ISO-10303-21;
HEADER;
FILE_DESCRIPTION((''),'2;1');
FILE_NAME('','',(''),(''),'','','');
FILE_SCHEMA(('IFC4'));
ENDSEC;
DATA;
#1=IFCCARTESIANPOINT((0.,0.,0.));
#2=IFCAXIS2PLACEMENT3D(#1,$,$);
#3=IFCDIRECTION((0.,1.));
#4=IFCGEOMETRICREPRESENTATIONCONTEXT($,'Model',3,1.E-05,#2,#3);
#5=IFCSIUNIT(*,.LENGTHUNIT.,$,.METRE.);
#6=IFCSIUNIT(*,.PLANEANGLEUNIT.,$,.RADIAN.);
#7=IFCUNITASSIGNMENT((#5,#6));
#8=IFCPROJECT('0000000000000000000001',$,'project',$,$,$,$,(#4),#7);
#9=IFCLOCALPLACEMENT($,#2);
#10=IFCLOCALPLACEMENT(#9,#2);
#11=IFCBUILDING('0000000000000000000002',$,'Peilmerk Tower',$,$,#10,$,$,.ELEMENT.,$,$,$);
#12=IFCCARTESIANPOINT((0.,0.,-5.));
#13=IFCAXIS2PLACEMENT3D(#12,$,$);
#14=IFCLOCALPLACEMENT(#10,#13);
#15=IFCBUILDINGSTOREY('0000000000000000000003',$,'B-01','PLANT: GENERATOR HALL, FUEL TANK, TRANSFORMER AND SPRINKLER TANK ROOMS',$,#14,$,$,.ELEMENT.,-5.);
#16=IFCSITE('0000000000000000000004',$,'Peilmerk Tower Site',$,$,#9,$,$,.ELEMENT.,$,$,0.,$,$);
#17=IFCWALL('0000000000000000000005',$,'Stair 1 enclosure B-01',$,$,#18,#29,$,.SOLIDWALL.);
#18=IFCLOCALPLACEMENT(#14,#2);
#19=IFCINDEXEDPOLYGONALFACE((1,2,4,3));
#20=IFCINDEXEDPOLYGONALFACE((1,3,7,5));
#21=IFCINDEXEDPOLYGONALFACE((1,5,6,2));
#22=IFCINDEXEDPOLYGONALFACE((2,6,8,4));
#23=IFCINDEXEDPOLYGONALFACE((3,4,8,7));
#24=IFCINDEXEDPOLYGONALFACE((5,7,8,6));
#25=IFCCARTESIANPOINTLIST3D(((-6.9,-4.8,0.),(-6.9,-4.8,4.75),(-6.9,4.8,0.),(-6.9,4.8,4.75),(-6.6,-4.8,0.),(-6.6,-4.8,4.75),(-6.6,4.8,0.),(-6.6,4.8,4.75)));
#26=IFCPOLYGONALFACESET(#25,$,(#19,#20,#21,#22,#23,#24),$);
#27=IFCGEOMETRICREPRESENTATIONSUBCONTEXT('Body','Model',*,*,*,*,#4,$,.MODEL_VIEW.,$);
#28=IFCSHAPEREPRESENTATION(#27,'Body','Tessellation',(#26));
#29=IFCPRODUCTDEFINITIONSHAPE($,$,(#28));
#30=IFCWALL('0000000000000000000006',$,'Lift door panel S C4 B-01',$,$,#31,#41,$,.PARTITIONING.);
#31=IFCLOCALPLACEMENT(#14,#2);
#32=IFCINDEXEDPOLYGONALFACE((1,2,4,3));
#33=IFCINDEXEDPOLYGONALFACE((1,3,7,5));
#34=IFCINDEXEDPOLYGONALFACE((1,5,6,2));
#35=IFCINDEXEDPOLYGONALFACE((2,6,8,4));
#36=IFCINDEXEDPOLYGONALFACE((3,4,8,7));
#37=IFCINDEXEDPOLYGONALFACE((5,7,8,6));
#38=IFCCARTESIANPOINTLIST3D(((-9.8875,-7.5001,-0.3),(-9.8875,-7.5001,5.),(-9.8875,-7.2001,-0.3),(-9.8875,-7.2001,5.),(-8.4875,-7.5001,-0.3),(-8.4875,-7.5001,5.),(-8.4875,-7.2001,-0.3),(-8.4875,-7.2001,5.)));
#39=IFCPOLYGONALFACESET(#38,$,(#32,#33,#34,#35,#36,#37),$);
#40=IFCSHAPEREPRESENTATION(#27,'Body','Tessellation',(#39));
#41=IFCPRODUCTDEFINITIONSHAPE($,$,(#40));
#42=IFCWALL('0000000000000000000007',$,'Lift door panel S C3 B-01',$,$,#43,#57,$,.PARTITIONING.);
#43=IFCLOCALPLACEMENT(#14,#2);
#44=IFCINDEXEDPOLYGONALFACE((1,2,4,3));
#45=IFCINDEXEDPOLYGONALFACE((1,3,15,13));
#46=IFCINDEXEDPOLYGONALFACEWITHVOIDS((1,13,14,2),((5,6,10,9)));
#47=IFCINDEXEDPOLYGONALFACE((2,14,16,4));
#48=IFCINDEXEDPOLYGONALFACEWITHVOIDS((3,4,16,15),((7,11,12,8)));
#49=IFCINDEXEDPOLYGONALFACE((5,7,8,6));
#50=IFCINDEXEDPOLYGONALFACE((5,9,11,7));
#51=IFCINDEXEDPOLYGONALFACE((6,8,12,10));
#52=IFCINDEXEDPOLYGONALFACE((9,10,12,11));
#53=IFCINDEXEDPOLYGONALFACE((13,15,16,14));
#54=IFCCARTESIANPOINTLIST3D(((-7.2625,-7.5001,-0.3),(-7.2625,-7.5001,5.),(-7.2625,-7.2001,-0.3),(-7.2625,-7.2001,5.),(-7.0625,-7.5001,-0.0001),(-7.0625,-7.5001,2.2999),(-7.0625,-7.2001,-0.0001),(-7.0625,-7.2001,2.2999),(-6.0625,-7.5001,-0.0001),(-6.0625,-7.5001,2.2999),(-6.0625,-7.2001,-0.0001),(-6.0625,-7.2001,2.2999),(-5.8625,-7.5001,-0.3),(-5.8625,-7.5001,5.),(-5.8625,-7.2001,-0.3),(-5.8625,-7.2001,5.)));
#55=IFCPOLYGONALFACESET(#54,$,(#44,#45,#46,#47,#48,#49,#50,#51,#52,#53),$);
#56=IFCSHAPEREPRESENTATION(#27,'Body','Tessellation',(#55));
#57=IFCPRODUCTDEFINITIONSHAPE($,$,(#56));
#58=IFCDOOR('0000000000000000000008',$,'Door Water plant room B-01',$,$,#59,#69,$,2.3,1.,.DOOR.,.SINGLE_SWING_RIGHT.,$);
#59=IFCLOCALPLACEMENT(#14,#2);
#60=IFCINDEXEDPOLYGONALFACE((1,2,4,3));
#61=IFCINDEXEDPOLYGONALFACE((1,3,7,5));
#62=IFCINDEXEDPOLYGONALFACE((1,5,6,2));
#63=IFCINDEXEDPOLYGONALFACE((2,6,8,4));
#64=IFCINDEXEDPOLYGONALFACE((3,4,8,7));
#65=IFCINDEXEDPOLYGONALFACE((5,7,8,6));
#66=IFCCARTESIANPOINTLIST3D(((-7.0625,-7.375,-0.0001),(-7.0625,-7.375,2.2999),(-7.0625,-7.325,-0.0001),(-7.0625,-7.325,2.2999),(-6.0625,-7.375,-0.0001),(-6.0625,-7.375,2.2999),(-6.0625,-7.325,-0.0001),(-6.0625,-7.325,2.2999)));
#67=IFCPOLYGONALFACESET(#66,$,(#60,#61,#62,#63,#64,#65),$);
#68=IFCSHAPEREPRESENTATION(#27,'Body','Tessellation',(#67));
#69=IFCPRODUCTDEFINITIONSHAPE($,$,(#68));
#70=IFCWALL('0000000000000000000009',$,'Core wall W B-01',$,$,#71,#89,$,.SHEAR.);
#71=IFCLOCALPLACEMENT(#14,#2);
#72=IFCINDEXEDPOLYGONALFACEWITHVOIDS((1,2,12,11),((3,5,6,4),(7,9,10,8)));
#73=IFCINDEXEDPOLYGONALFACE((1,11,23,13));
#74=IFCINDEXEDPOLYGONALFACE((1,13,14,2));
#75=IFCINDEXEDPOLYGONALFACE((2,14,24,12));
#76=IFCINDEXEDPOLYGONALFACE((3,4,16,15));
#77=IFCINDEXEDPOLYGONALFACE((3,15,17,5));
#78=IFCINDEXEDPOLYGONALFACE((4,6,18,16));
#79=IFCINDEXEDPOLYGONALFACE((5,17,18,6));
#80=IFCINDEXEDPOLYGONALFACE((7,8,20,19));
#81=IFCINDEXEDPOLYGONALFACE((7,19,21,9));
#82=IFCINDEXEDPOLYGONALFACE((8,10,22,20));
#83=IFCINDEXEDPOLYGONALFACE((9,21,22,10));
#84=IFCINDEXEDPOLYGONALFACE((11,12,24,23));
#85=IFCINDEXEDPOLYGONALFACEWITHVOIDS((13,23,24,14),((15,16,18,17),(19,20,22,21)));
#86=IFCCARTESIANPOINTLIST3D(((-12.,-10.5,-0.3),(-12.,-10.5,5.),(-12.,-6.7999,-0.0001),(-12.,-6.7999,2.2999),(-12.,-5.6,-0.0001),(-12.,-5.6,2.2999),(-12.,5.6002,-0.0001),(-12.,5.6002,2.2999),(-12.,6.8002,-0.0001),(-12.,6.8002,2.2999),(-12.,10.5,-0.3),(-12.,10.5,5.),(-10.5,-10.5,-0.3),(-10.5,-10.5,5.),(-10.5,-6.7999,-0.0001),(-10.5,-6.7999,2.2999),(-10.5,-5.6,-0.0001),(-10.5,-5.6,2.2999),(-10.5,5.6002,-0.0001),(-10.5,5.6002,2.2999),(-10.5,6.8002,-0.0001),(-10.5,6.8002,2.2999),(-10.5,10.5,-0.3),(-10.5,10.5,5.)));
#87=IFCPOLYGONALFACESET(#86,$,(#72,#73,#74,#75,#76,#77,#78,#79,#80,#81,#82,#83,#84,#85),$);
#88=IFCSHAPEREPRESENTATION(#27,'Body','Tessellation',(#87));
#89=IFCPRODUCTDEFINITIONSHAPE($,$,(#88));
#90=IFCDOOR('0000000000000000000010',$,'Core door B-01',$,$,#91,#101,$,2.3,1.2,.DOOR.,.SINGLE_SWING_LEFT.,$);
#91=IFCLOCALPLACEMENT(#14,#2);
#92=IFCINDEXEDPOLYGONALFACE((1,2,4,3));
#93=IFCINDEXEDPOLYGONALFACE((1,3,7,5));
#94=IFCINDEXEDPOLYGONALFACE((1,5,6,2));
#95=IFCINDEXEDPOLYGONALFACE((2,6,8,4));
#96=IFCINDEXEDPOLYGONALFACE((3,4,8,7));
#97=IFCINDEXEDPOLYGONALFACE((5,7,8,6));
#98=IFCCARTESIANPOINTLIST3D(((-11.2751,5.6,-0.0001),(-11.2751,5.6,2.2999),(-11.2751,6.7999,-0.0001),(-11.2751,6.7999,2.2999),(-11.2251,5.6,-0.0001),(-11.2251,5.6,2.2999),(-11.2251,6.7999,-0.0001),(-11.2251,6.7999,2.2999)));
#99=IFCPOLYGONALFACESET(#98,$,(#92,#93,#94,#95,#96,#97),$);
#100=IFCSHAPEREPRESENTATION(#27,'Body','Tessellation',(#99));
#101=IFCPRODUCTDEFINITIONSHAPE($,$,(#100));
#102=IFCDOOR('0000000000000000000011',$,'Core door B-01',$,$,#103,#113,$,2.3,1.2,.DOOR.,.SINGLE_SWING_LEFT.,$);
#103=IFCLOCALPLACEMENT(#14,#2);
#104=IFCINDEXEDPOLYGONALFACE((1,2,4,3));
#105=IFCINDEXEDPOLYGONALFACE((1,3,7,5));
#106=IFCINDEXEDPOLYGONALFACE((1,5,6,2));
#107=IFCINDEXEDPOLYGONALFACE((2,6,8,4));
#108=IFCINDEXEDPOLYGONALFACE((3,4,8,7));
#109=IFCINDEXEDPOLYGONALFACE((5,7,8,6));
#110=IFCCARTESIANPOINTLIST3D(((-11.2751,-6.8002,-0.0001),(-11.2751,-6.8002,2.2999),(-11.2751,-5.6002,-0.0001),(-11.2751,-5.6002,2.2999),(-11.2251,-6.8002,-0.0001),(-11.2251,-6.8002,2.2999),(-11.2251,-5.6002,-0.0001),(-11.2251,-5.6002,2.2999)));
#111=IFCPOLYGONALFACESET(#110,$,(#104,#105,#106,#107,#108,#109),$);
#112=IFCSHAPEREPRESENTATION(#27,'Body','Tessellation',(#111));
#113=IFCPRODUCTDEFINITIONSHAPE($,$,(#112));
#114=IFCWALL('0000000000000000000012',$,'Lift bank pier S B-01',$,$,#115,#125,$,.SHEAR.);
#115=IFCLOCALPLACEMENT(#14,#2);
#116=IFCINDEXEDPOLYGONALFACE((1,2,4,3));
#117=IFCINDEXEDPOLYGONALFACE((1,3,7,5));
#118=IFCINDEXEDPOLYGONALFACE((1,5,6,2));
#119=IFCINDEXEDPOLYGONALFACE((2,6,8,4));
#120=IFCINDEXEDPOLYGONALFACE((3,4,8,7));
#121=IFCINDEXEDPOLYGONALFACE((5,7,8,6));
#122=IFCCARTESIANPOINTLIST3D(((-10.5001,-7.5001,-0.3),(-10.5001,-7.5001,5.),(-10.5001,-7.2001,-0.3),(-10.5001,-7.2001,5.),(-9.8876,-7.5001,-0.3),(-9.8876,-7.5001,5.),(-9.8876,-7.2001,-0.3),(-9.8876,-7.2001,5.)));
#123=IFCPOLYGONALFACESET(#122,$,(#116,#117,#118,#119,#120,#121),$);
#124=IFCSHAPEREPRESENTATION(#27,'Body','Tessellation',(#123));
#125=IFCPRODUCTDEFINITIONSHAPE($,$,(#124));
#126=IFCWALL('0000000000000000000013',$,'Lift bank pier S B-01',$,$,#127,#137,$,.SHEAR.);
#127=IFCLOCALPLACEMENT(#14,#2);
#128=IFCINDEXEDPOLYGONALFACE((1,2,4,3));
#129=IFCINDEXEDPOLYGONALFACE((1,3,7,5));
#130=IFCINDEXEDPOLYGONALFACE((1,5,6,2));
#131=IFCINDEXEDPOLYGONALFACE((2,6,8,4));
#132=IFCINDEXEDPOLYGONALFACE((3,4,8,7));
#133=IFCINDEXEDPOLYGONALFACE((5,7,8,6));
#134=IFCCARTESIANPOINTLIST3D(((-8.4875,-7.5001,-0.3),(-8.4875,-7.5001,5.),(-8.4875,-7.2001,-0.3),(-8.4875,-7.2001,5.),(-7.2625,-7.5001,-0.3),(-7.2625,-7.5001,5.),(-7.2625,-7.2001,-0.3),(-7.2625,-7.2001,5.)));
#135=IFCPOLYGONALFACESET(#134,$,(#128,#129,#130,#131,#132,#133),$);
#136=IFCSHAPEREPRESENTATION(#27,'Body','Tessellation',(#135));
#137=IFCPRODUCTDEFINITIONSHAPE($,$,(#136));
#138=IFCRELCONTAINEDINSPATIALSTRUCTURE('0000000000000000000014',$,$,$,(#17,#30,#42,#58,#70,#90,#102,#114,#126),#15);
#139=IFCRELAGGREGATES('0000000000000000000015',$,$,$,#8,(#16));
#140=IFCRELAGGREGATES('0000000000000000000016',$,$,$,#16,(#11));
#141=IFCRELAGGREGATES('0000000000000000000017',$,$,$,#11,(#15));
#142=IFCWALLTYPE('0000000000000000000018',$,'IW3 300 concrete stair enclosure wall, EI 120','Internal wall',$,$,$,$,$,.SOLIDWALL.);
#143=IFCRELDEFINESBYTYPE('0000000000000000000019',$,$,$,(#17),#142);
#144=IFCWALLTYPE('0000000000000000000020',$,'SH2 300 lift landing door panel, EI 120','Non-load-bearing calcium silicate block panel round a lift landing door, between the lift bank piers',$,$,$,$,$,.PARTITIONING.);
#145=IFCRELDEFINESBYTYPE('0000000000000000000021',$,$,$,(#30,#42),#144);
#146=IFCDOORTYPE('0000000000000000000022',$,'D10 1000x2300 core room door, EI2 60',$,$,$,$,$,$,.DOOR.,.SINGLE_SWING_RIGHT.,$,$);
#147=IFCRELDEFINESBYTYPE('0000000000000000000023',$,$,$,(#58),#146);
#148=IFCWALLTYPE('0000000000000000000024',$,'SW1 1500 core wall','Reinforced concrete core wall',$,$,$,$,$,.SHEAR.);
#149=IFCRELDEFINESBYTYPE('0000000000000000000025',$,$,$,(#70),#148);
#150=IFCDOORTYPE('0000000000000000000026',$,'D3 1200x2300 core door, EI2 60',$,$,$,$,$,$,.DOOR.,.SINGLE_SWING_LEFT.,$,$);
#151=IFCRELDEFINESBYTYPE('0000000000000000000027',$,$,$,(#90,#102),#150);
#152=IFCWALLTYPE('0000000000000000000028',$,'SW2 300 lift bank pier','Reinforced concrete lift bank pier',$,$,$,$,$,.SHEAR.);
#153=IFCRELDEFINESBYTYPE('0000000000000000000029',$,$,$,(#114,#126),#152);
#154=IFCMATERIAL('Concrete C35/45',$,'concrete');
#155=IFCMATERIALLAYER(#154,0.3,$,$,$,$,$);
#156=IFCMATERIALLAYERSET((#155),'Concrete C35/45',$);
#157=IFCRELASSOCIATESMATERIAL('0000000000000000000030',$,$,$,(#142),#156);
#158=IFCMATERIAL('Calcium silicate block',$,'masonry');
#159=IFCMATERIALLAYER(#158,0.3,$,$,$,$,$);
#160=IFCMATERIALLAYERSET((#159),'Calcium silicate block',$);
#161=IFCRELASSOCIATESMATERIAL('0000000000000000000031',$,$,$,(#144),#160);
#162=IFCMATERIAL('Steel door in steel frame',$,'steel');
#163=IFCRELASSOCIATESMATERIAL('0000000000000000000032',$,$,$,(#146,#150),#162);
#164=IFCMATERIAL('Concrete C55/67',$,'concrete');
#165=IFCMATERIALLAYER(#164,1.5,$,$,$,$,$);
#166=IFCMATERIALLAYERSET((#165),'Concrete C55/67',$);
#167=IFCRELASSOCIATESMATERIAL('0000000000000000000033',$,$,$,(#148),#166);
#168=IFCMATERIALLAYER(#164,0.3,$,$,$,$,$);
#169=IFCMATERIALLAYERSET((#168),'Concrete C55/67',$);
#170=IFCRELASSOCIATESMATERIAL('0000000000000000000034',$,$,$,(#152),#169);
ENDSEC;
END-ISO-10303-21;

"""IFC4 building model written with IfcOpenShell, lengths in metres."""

from ifc_helpers import new_model, si_unit, direction, frame, frame_2d, origin, place, context, subcontext, project, spatial, rectangle, extrude, material, layer, layer_set, type_object, element, fill, save


model = new_model("IFC4")

# Units and contexts
model_context = context("Model", 3, precision=1e-05, world=origin(), true_north=direction((0.0, 1.0)))
body_context = subcontext(model_context, "Body", "Model", "MODEL_VIEW")
ifc_project = project(units=[si_unit("LENGTHUNIT", "METRE"), si_unit("PLANEANGLEUNIT", "RADIAN")], contexts=[model_context])

# Site, building, storey
site_placement = place(None, origin())
site = spatial("IfcSite", under=ifc_project, at=site_placement, Name="Peilmerk Tower Site", CompositionType="ELEMENT", RefElevation=0.0)
building_placement = place(site_placement, origin())
building = spatial("IfcBuilding", under=site, at=building_placement, Name="Peilmerk Tower", CompositionType="ELEMENT")
storey_placement = place(building_placement, frame((0.0, 0.0, -5.0)))
storey = spatial("IfcBuildingStorey", under=building, at=storey_placement, Name="B-01", Description="PLANT: GENERATOR HALL, FUEL TANK, TRANSFORMER AND SPRINKLER TANK ROOMS", CompositionType="ELEMENT", Elevation=-5.0)

# Walls
ifc_material_1 = material(Name="Calcium silicate block", Category="masonry")
ifc_material_2 = material(Name="Concrete C35/45", Category="concrete")
ifc_layer_1 = layer(ifc_material_2, 0.3)
ifc_layer_set_1 = layer_set([ifc_layer_1], Name="Concrete C35/45")
wall_type_1 = type_object("IfcWallType", Name="IW3 300 concrete stair enclosure wall, EI 120", Description="Internal wall", PredefinedType="SOLIDWALL", material=ifc_layer_set_1)
wall_1_placement = place(storey_placement, frame((-6.75, -4.8, 0.0), z_axis=(0.0, 0.0, 1.0), x_axis=(0.0, 1.0, 0.0)))
element("IfcWall", 1, at=wall_1_placement, inside=storey, type_object=wall_type_1, Name="Stair 1 enclosure B-01", PredefinedType="SOLIDWALL", context=body_context, shape_type="SweptSolid", body=[
    extrude(rectangle(XDim=9.6001, YDim=0.3, at=frame_2d((4.8, 0.0))), origin(), (0.0, 0.0, 1.0), 4.75),
])
ifc_layer_2 = layer(ifc_material_1, 0.3)
ifc_layer_set_2 = layer_set([ifc_layer_2], Name="Calcium silicate block")
wall_type_2 = type_object("IfcWallType", Name="SH2 300 lift landing door panel, EI 120", Description="Non-load-bearing calcium silicate block panel round a lift landing door, between the lift bank piers", PredefinedType="PARTITIONING", material=ifc_layer_set_2)
wall_2_placement = place(storey_placement, frame((-9.8875, -7.3501, -0.3), z_axis=(0.0, 0.0, 1.0), x_axis=(1.0, 0.0, 0.0)))
element("IfcWall", 2, at=wall_2_placement, inside=storey, type_object=wall_type_2, Name="Lift door panel S C4 B-01", PredefinedType="PARTITIONING", context=body_context, shape_type="SweptSolid", body=[
    extrude(rectangle(XDim=1.3999, YDim=0.3, at=frame_2d((0.7, 0.0))), origin(), (0.0, 0.0, 1.0), 5.3),
])

# Wall, opening, door
wall_3_placement = place(storey_placement, frame((-7.2625, -7.3501, -0.3), z_axis=(0.0, 0.0, 1.0), x_axis=(1.0, 0.0, 0.0)))
wall_3 = element("IfcWall", 3, at=wall_3_placement, inside=storey, type_object=wall_type_2, Name="Lift door panel S C3 B-01", PredefinedType="PARTITIONING", context=body_context, shape_type="SweptSolid", body=[
    extrude(rectangle(XDim=1.3999, YDim=0.3, at=frame_2d((0.7, 0.0))), origin(), (0.0, 0.0, 1.0), 5.3),
])
opening_1_placement = place(wall_3_placement, frame((0.2, 0.0, 0.3)))
opening_1 = element("IfcOpeningElement", 4, at=opening_1_placement, cuts=wall_3, PredefinedType="OPENING", context=body_context, shape_type="SweptSolid", body=[
    extrude(rectangle(XDim=1.0, YDim=2.3, at=frame_2d((0.5, 1.1499))), frame((0.0, 0.1599, 0.0), z_axis=(0.0, -1.0, 0.0), x_axis=(1.0, 0.0, 0.0)), (0.0, 0.0, 1.0), 0.3201),
])
ifc_material_3 = material(Name="Steel door in steel frame", Category="steel")
door_type_1 = type_object("IfcDoorType", Name="D10 1000x2300 core room door, EI2 60", OperationType="SINGLE_SWING_RIGHT", PredefinedType="DOOR", material=ifc_material_3)
door_1_placement = place(opening_1_placement, frame((1.0, 0.0, 0.0), z_axis=(0.0, 0.0, 1.0), x_axis=(-1.0, 0.0, 0.0)))
door_1 = element("IfcDoor", 5, at=door_1_placement, inside=storey, type_object=door_type_1, Name="Door Water plant room B-01", OperationType="SINGLE_SWING_RIGHT", OverallHeight=2.3, OverallWidth=1.0, PredefinedType="DOOR", context=body_context, shape_type="SweptSolid", body=[
    extrude(rectangle(XDim=1.0, YDim=2.3, at=frame_2d((0.5, 1.1499))), frame((0.0, 0.0249, 0.0), z_axis=(0.0, -1.0, 0.0), x_axis=(1.0, 0.0, 0.0)), (0.0, 0.0, 1.0), 0.05),
])
fill(opening_1, door_1)

# Wall, openings, doors
ifc_material_4 = material(Name="Concrete C55/67", Category="concrete")
ifc_layer_3 = layer(ifc_material_4, 1.5)
ifc_layer_set_3 = layer_set([ifc_layer_3], Name="Concrete C55/67")
wall_type_3 = type_object("IfcWallType", Name="SW1 1500 core wall", Description="Reinforced concrete core wall", PredefinedType="SHEAR", material=ifc_layer_set_3)
wall_4_placement = place(storey_placement, frame((-11.25, -10.5, -0.3), z_axis=(0.0, 0.0, 1.0), x_axis=(0.0, 1.0, 0.0)))
wall_4 = element("IfcWall", 6, at=wall_4_placement, inside=storey, type_object=wall_type_3, Name="Core wall W B-01", PredefinedType="SHEAR", context=body_context, shape_type="SweptSolid", body=[
    extrude(rectangle(XDim=21.0, YDim=1.5, at=frame_2d((10.5, 0.0))), origin(), (0.0, 0.0, 1.0), 5.3),
])
opening_2_placement = place(wall_4_placement, frame((16.1001, 0.0, 0.3)))
opening_2 = element("IfcOpeningElement", 7, at=opening_2_placement, cuts=wall_4, PredefinedType="OPENING", context=body_context, shape_type="SweptSolid", body=[
    extrude(rectangle(XDim=1.2, YDim=2.3, at=frame_2d((0.6001, 1.1499))), frame((0.0, 0.76, 0.0), z_axis=(0.0, -1.0, 0.0), x_axis=(1.0, 0.0, 0.0)), (0.0, 0.0, 1.0), 1.52),
])
opening_3_placement = place(wall_4_placement, frame((3.7, 0.0, 0.3)))
opening_3 = element("IfcOpeningElement", 8, at=opening_3_placement, cuts=wall_4, PredefinedType="OPENING", context=body_context, shape_type="SweptSolid", body=[
    extrude(rectangle(XDim=1.2, YDim=2.3, at=frame_2d((0.6001, 1.1499))), frame((0.0, 0.76, 0.0), z_axis=(0.0, -1.0, 0.0), x_axis=(1.0, 0.0, 0.0)), (0.0, 0.0, 1.0), 1.52),
])
door_type_2 = type_object("IfcDoorType", Name="D3 1200x2300 core door, EI2 60", OperationType="SINGLE_SWING_LEFT", PredefinedType="DOOR", material=ifc_material_3)
door_2_placement = place(opening_2_placement, frame((1.2, 0.0, 0.0), z_axis=(0.0, 0.0, 1.0), x_axis=(-1.0, 0.0, 0.0)))
door_2 = element("IfcDoor", 9, at=door_2_placement, inside=storey, type_object=door_type_2, Name="Core door B-01", OperationType="SINGLE_SWING_LEFT", OverallHeight=2.3, OverallWidth=1.2, PredefinedType="DOOR", context=body_context, shape_type="SweptSolid", body=[
    extrude(rectangle(XDim=1.2, YDim=2.3, at=frame_2d((0.6001, 1.1499))), frame((0.0, 0.0249, 0.0), z_axis=(0.0, -1.0, 0.0), x_axis=(1.0, 0.0, 0.0)), (0.0, 0.0, 1.0), 0.05),
])
fill(opening_2, door_2)
door_3_placement = place(opening_3_placement, frame((1.2, 0.0, 0.0), z_axis=(0.0, 0.0, 1.0), x_axis=(-1.0, 0.0, 0.0)))
door_3 = element("IfcDoor", 10, at=door_3_placement, inside=storey, type_object=door_type_2, Name="Core door B-01", OperationType="SINGLE_SWING_LEFT", OverallHeight=2.3, OverallWidth=1.2, PredefinedType="DOOR", context=body_context, shape_type="SweptSolid", body=[
    extrude(rectangle(XDim=1.2, YDim=2.3, at=frame_2d((0.6001, 1.1499))), frame((0.0, 0.0249, 0.0), z_axis=(0.0, -1.0, 0.0), x_axis=(1.0, 0.0, 0.0)), (0.0, 0.0, 1.0), 0.05),
])
fill(opening_3, door_3)

# Walls
ifc_layer_4 = layer(ifc_material_4, 0.3)
ifc_layer_set_4 = layer_set([ifc_layer_4], Name="Concrete C55/67")
wall_type_4 = type_object("IfcWallType", Name="SW2 300 lift bank pier", Description="Reinforced concrete lift bank pier", PredefinedType="SHEAR", material=ifc_layer_set_4)
wall_5_placement = place(storey_placement, frame((-10.5, -7.3501, -0.3), z_axis=(0.0, 0.0, 1.0), x_axis=(1.0, 0.0, 0.0)))
element("IfcWall", 11, at=wall_5_placement, inside=storey, type_object=wall_type_4, Name="Lift bank pier S B-01", PredefinedType="SHEAR", context=body_context, shape_type="SweptSolid", body=[
    extrude(rectangle(XDim=0.6125, YDim=0.3, at=frame_2d((0.3062, 0.0))), origin(), (0.0, 0.0, 1.0), 5.3),
])
wall_6_placement = place(storey_placement, frame((-8.4875, -7.3501, -0.3), z_axis=(0.0, 0.0, 1.0), x_axis=(1.0, 0.0, 0.0)))
element("IfcWall", 12, at=wall_6_placement, inside=storey, type_object=wall_type_4, Name="Lift bank pier S B-01", PredefinedType="SHEAR", context=body_context, shape_type="SweptSolid", body=[
    extrude(rectangle(XDim=1.2251, YDim=0.3, at=frame_2d((0.6125, 0.0))), origin(), (0.0, 0.0, 1.0), 5.3),
])

save(model, "model.ifc")
